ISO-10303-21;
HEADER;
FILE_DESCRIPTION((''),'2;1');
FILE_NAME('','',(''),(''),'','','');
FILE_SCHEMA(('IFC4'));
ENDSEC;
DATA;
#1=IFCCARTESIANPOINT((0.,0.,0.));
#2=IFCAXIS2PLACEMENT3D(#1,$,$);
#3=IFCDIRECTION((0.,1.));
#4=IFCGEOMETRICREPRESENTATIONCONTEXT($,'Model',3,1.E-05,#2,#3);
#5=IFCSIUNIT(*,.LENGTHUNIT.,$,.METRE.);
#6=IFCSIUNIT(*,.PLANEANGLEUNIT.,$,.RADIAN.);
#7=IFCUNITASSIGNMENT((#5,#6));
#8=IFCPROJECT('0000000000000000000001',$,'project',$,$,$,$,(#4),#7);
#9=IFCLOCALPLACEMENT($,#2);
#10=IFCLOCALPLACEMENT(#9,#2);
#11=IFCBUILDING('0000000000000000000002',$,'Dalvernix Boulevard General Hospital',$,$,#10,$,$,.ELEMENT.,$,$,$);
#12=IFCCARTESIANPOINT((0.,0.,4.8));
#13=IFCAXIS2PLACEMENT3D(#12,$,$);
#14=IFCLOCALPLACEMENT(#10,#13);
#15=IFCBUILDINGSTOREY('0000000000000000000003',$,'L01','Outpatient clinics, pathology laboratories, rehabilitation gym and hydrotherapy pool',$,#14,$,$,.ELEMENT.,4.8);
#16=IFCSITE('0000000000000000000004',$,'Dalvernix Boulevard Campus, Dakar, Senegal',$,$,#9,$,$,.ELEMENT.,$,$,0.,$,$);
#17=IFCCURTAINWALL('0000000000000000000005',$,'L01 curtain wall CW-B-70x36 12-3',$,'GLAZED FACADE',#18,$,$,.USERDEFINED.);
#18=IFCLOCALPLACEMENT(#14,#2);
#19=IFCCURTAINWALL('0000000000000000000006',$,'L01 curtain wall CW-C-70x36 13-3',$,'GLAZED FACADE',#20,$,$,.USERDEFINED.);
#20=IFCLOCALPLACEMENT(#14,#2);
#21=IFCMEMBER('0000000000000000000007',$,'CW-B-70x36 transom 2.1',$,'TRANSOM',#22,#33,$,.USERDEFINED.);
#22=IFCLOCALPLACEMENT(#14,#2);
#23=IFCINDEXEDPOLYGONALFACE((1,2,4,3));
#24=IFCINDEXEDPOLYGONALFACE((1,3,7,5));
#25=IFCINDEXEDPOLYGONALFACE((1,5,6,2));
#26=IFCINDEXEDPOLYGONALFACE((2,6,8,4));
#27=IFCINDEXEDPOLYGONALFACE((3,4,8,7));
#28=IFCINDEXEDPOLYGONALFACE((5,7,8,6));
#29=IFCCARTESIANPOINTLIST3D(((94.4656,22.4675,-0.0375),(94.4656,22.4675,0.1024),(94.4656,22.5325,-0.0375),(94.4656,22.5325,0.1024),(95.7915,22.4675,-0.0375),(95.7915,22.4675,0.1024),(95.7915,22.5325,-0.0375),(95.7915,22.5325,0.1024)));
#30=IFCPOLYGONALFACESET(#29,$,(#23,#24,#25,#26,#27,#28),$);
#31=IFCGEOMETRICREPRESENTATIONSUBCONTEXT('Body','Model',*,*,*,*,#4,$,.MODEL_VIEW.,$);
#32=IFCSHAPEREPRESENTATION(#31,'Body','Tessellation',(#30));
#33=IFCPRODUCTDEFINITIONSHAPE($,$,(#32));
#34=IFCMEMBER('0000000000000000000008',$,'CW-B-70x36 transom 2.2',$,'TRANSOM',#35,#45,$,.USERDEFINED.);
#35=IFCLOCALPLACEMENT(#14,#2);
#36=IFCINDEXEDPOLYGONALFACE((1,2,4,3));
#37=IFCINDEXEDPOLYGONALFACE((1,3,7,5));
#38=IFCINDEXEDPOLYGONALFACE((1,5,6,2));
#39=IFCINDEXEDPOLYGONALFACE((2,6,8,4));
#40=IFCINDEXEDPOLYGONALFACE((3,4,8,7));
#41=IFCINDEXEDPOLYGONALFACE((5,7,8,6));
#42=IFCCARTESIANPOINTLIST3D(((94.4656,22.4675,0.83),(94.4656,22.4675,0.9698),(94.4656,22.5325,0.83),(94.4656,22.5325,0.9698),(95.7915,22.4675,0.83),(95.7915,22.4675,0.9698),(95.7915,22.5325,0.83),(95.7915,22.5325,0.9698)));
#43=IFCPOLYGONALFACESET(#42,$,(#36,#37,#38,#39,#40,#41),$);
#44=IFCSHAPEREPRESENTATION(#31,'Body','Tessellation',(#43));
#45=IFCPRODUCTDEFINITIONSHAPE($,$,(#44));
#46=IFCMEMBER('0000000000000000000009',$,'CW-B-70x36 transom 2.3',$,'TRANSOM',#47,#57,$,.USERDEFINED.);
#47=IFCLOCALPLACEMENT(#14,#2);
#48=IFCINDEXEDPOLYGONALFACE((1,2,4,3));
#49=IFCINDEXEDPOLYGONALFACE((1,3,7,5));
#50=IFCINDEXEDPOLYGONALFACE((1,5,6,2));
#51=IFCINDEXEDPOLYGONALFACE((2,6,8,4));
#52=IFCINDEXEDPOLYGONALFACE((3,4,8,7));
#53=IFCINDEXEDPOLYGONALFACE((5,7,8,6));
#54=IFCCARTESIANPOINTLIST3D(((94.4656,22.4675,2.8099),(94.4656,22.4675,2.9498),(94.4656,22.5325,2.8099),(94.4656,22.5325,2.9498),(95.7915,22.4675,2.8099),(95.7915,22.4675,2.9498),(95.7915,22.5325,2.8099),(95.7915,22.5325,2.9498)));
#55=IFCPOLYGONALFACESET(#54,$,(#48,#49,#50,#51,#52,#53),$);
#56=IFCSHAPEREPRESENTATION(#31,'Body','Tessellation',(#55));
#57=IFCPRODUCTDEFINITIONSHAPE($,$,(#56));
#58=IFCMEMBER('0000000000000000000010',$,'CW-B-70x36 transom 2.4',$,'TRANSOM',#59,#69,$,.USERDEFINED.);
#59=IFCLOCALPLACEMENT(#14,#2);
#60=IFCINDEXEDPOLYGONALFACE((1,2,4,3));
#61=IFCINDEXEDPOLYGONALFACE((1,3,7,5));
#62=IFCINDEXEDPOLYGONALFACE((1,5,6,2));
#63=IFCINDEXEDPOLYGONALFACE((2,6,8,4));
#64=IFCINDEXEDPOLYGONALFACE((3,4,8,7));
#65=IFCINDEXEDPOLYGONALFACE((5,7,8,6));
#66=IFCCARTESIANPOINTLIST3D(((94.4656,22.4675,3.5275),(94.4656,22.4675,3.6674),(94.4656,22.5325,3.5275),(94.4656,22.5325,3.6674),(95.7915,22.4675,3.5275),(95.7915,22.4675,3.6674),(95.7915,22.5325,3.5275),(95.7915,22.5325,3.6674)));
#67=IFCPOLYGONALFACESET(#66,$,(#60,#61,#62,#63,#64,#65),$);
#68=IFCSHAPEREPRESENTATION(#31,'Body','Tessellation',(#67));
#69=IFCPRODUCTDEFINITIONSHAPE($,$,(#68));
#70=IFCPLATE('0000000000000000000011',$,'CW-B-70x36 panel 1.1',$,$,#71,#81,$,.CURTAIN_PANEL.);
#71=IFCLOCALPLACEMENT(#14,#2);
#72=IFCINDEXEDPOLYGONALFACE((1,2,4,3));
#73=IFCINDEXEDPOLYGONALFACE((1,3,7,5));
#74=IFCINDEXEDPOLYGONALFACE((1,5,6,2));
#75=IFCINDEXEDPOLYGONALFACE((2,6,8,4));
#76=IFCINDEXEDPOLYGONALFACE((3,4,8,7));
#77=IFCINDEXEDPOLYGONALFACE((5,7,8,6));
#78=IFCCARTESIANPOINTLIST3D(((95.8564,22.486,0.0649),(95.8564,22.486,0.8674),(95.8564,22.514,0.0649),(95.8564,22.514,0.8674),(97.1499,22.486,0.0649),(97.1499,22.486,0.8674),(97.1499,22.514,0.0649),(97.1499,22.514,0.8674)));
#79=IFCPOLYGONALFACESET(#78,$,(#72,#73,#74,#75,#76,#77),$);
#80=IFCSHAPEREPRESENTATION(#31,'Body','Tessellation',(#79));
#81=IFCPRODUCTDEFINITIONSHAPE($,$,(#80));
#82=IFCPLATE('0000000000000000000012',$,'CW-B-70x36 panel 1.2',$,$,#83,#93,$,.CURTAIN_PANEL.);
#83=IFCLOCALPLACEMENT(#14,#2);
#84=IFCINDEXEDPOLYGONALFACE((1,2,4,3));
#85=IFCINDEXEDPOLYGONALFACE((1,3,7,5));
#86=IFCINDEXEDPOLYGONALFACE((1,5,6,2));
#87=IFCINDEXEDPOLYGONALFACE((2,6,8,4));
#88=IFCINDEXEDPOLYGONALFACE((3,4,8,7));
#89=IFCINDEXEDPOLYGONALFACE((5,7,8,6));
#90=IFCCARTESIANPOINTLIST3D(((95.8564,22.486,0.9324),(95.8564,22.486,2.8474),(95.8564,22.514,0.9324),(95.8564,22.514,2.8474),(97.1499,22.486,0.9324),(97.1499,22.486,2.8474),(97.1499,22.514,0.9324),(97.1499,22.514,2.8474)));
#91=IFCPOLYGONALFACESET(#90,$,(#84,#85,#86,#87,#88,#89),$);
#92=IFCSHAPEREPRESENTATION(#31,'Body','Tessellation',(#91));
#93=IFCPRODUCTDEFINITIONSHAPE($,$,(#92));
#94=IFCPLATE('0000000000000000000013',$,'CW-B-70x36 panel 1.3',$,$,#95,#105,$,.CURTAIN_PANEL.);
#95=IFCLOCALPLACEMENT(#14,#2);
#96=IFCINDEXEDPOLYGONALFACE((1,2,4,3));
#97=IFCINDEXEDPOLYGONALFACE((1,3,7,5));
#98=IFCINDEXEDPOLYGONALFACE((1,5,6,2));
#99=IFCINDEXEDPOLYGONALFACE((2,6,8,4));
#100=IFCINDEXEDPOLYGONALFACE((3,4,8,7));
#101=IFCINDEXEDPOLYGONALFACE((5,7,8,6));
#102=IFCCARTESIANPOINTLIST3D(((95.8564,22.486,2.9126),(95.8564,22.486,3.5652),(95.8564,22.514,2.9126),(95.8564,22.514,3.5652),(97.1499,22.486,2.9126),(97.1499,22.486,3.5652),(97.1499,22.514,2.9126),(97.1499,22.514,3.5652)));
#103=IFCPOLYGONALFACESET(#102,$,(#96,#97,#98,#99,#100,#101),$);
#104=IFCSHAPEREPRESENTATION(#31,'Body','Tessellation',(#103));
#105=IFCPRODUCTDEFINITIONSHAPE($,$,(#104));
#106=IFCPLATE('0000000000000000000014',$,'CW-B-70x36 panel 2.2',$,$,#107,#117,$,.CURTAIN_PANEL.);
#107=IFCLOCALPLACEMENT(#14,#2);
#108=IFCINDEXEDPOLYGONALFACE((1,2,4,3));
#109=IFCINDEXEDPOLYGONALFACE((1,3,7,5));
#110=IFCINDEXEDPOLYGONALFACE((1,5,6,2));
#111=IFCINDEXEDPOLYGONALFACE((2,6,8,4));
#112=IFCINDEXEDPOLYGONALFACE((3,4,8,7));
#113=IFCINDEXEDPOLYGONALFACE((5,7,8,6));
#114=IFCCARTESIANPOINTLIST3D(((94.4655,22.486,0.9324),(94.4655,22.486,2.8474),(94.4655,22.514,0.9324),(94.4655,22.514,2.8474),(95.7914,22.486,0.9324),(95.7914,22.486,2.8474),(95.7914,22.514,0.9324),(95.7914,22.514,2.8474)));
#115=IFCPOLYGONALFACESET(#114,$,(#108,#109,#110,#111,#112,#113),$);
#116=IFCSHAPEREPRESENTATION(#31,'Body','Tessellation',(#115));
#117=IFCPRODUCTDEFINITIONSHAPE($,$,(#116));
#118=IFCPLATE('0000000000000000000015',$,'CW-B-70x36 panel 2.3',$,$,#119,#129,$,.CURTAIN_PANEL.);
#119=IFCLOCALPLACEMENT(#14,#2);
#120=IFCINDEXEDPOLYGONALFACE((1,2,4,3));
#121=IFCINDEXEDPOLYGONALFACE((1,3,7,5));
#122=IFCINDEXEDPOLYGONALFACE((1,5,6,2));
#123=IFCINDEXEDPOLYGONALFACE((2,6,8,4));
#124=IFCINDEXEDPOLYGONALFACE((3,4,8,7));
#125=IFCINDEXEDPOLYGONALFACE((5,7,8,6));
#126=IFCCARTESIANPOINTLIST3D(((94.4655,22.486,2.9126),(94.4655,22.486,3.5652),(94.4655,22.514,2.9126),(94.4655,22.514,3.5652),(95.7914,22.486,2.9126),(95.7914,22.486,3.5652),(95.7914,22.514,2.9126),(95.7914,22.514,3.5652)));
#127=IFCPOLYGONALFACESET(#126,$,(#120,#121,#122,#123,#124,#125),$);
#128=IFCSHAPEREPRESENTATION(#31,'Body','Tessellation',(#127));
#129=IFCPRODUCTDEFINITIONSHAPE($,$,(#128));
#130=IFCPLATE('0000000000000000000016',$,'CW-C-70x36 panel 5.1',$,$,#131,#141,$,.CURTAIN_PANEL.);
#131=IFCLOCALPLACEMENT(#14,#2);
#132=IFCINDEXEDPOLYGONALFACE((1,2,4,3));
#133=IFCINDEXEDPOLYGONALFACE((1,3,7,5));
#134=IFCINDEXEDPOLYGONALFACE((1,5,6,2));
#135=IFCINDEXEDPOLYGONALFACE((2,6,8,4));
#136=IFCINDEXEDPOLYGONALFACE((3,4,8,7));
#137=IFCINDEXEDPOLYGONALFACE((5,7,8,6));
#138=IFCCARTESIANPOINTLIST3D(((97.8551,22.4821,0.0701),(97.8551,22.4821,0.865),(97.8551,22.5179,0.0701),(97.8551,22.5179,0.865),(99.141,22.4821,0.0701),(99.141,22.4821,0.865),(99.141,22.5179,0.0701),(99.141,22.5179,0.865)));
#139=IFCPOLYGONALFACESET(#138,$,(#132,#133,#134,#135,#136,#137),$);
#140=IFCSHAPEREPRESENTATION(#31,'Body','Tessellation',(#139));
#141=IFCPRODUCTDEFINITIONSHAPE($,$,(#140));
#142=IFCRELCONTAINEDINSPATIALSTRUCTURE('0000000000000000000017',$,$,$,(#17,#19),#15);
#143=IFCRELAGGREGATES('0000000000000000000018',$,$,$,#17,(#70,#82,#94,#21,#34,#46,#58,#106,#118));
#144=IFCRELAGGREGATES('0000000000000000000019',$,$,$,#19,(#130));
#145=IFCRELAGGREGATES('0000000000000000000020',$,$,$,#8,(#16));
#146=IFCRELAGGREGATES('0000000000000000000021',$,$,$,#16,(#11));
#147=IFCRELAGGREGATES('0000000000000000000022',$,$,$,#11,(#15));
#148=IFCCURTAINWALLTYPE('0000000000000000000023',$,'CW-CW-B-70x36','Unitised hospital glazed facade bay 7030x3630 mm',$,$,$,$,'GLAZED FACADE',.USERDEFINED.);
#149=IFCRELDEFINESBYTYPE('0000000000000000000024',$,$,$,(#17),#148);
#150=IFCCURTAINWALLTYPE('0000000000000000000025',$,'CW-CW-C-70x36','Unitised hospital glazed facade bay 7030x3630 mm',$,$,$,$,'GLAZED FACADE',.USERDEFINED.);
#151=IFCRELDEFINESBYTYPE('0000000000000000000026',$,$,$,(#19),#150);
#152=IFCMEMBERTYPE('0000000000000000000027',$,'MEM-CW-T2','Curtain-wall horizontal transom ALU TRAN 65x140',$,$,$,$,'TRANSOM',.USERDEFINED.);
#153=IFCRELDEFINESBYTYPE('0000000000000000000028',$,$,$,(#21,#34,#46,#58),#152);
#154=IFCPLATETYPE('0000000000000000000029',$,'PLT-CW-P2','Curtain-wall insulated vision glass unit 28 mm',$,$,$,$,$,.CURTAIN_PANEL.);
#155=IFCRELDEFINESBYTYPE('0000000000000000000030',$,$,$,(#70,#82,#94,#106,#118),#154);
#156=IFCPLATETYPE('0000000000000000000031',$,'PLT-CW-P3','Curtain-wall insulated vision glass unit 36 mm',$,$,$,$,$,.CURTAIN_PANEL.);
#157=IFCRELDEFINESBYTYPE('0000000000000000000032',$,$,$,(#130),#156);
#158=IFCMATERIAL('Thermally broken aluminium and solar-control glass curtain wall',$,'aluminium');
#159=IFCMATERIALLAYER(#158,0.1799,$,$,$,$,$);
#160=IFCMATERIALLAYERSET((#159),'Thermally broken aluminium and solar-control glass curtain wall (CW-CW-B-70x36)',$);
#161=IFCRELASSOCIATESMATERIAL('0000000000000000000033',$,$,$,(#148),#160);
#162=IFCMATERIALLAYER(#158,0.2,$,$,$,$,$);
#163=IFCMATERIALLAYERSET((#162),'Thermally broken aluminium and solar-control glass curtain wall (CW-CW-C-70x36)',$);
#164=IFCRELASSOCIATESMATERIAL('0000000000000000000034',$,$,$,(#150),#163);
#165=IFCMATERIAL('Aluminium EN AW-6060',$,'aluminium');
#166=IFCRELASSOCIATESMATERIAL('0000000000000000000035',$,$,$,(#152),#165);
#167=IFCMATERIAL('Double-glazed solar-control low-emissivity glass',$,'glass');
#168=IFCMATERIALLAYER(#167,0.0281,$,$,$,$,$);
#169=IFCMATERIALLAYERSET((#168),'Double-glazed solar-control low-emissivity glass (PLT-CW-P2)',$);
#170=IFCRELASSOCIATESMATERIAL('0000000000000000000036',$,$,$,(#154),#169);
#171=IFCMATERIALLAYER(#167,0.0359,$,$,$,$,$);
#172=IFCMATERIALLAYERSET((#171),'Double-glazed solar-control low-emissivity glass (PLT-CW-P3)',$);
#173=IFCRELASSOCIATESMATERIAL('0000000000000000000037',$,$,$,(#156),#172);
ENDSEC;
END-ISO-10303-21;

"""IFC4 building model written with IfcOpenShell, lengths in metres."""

from ifc_helpers import new_model, si_unit, direction, frame, origin, origin_2d, place, context, subcontext, project, spatial, rectangle, extrude, material, layer, layer_set, material_profile, profile_set, type_object, element, aggregate, save


model = new_model("IFC4")

# Units and contexts
model_context = context("Model", 3, precision=1e-05, world=origin(), true_north=direction((0.0, 1.0)))
body_context = subcontext(model_context, "Body", "Model", "MODEL_VIEW")
ifc_project = project(units=[si_unit("LENGTHUNIT", "METRE"), si_unit("PLANEANGLEUNIT", "RADIAN")], contexts=[model_context])

# Site, building, storey
site_placement = place(None, origin())
site = spatial("IfcSite", under=ifc_project, at=site_placement, Name="Dalvernix Boulevard Campus, Dakar, Senegal", CompositionType="ELEMENT", RefElevation=0.0)
building_placement = place(site_placement, origin())
building = spatial("IfcBuilding", under=site, at=building_placement, Name="Dalvernix Boulevard General Hospital", CompositionType="ELEMENT")
storey_placement = place(building_placement, frame((0.0, 0.0, 4.8)))
storey = spatial("IfcBuildingStorey", under=building, at=storey_placement, Name="L01", Description="Outpatient clinics, pathology laboratories, rehabilitation gym and hydrotherapy pool", CompositionType="ELEMENT", Elevation=4.8)

# Curtain wall
ifc_material_1 = material(Name="Thermally broken aluminium and solar-control glass curtain wall", Category="aluminium")
ifc_layer_1 = layer(ifc_material_1, 0.1799)
ifc_layer_set_1 = layer_set([ifc_layer_1], Name="Thermally broken aluminium and solar-control glass curtain wall (CW-CW-B-70x36)")
curtain_wall_type_1 = type_object("IfcCurtainWallType", Name="CW-CW-B-70x36", Description="Unitised hospital glazed facade bay 7030x3630 mm", ElementType="GLAZED FACADE", PredefinedType="USERDEFINED", material=ifc_layer_set_1)
curtain_wall_1_placement = place(storey_placement, origin())
curtain_wall_1 = element("IfcCurtainWall", 1, at=curtain_wall_1_placement, inside=storey, type_object=curtain_wall_type_1, Name="L01 curtain wall CW-B-70x36 12-3", ObjectType="GLAZED FACADE", PredefinedType="USERDEFINED")
ifc_material_2 = material(Name="Aluminium EN AW-6060", Category="aluminium")

# Curtain wall
ifc_layer_2 = layer(ifc_material_1, 0.2)
ifc_layer_set_2 = layer_set([ifc_layer_2], Name="Thermally broken aluminium and solar-control glass curtain wall (CW-CW-C-70x36)")
curtain_wall_type_2 = type_object("IfcCurtainWallType", Name="CW-CW-C-70x36", Description="Unitised hospital glazed facade bay 7030x3630 mm", ElementType="GLAZED FACADE", PredefinedType="USERDEFINED", material=ifc_layer_set_2)
curtain_wall_2_placement = place(storey_placement, origin())
curtain_wall_2 = element("IfcCurtainWall", 2, at=curtain_wall_2_placement, inside=storey, type_object=curtain_wall_type_2, Name="L01 curtain wall CW-C-70x36 13-3", ObjectType="GLAZED FACADE", PredefinedType="USERDEFINED")

# Members
ifc_material_profile_1 = material_profile(ifc_material_2, rectangle(XDim=0.0649, YDim=0.1399, at=origin_2d()), Name="ALU TRAN 65x140")
ifc_profile_set_1 = profile_set([ifc_material_profile_1], Name="Aluminium EN AW-6060")
member_type_1 = type_object("IfcMemberType", Name="MEM-CW-T2", Description="Curtain-wall horizontal transom ALU TRAN 65x140", ElementType="TRANSOM", PredefinedType="USERDEFINED", material=ifc_profile_set_1)
member_1_placement = place(storey_placement, frame((95.7915, 22.5, 0.0325), z_axis=(-1.0, 0.0, 0.0), x_axis=(0.0, -1.0, 0.0)))
member_1 = element("IfcMember", 3, at=member_1_placement, type_object=member_type_1, Name="CW-B-70x36 transom 2.1", ObjectType="TRANSOM", PredefinedType="USERDEFINED", context=body_context, shape_type="SweptSolid", body=[
    extrude(rectangle(XDim=0.0649, YDim=0.1399, at=origin_2d()), origin(), (0.0, 0.0, 1.0), 1.3259),
])
member_2_placement = place(storey_placement, frame((95.7915, 22.5, 0.8999), z_axis=(-1.0, 0.0, 0.0), x_axis=(0.0, -1.0, 0.0)))
member_2 = element("IfcMember", 4, at=member_2_placement, type_object=member_type_1, Name="CW-B-70x36 transom 2.2", ObjectType="TRANSOM", PredefinedType="USERDEFINED", context=body_context, shape_type="SweptSolid", body=[
    extrude(rectangle(XDim=0.0649, YDim=0.1399, at=origin_2d()), origin(), (0.0, 0.0, 1.0), 1.3259),
])
member_3_placement = place(storey_placement, frame((95.7915, 22.5, 2.8799), z_axis=(-1.0, 0.0, 0.0), x_axis=(0.0, -1.0, 0.0)))
member_3 = element("IfcMember", 5, at=member_3_placement, type_object=member_type_1, Name="CW-B-70x36 transom 2.3", ObjectType="TRANSOM", PredefinedType="USERDEFINED", context=body_context, shape_type="SweptSolid", body=[
    extrude(rectangle(XDim=0.0649, YDim=0.1399, at=origin_2d()), origin(), (0.0, 0.0, 1.0), 1.3259),
])
member_4_placement = place(storey_placement, frame((95.7915, 22.5, 3.5974), z_axis=(-1.0, 0.0, 0.0), x_axis=(0.0, -1.0, 0.0)))
member_4 = element("IfcMember", 6, at=member_4_placement, type_object=member_type_1, Name="CW-B-70x36 transom 2.4", ObjectType="TRANSOM", PredefinedType="USERDEFINED", context=body_context, shape_type="SweptSolid", body=[
    extrude(rectangle(XDim=0.0649, YDim=0.1399, at=origin_2d()), origin(), (0.0, 0.0, 1.0), 1.3259),
])

# Plates
ifc_material_3 = material(Name="Double-glazed solar-control low-emissivity glass", Category="glass")
ifc_layer_3 = layer(ifc_material_3, 0.0281)
ifc_layer_set_3 = layer_set([ifc_layer_3], Name="Double-glazed solar-control low-emissivity glass (PLT-CW-P2)")
plate_type_1 = type_object("IfcPlateType", Name="PLT-CW-P2", Description="Curtain-wall insulated vision glass unit 28 mm", PredefinedType="CURTAIN_PANEL", material=ifc_layer_set_3)
plate_1_placement = place(storey_placement, frame((96.5032, 22.5, 0.0649), z_axis=(0.0, 0.0, 1.0), x_axis=(-1.0, 0.0, 0.0)))
plate_1 = element("IfcPlate", 7, at=plate_1_placement, type_object=plate_type_1, Name="CW-B-70x36 panel 1.1", PredefinedType="CURTAIN_PANEL", context=body_context, shape_type="SweptSolid", body=[
    extrude(rectangle(XDim=1.2935, YDim=0.0281, at=origin_2d()), origin(), (0.0, 0.0, 1.0), 0.8025),
])
plate_2_placement = place(storey_placement, frame((96.5032, 22.5, 0.9324), z_axis=(0.0, 0.0, 1.0), x_axis=(-1.0, 0.0, 0.0)))
plate_2 = element("IfcPlate", 8, at=plate_2_placement, type_object=plate_type_1, Name="CW-B-70x36 panel 1.2", PredefinedType="CURTAIN_PANEL", context=body_context, shape_type="SweptSolid", body=[
    extrude(rectangle(XDim=1.2935, YDim=0.0281, at=origin_2d()), origin(), (0.0, 0.0, 1.0), 1.915),
])
plate_3_placement = place(storey_placement, frame((96.5032, 22.5, 2.9126), z_axis=(0.0, 0.0, 1.0), x_axis=(-1.0, 0.0, 0.0)))
plate_3 = element("IfcPlate", 9, at=plate_3_placement, type_object=plate_type_1, Name="CW-B-70x36 panel 1.3", PredefinedType="CURTAIN_PANEL", context=body_context, shape_type="SweptSolid", body=[
    extrude(rectangle(XDim=1.2935, YDim=0.0281, at=origin_2d()), origin(), (0.0, 0.0, 1.0), 0.6526),
])
plate_4_placement = place(storey_placement, frame((95.1284, 22.5, 0.9324), z_axis=(0.0, 0.0, 1.0), x_axis=(-1.0, 0.0, 0.0)))
plate_4 = element("IfcPlate", 10, at=plate_4_placement, type_object=plate_type_1, Name="CW-B-70x36 panel 2.2", PredefinedType="CURTAIN_PANEL", context=body_context, shape_type="SweptSolid", body=[
    extrude(rectangle(XDim=1.3259, YDim=0.0281, at=origin_2d()), origin(), (0.0, 0.0, 1.0), 1.915),
])
plate_5_placement = place(storey_placement, frame((95.1284, 22.5, 2.9126), z_axis=(0.0, 0.0, 1.0), x_axis=(-1.0, 0.0, 0.0)))
plate_5 = element("IfcPlate", 11, at=plate_5_placement, type_object=plate_type_1, Name="CW-B-70x36 panel 2.3", PredefinedType="CURTAIN_PANEL", context=body_context, shape_type="SweptSolid", body=[
    extrude(rectangle(XDim=1.3259, YDim=0.0281, at=origin_2d()), origin(), (0.0, 0.0, 1.0), 0.6526),
])
aggregate(curtain_wall_1, [plate_1, plate_2, plate_3, member_1, member_2, member_3, member_4, plate_4, plate_5])
ifc_layer_4 = layer(ifc_material_3, 0.0359)
ifc_layer_set_4 = layer_set([ifc_layer_4], Name="Double-glazed solar-control low-emissivity glass (PLT-CW-P3)")
plate_type_2 = type_object("IfcPlateType", Name="PLT-CW-P3", Description="Curtain-wall insulated vision glass unit 36 mm", PredefinedType="CURTAIN_PANEL", material=ifc_layer_set_4)
plate_6_placement = place(storey_placement, frame((98.498, 22.5, 0.0701), z_axis=(0.0, 0.0, 1.0), x_axis=(-1.0, 0.0, 0.0)))
plate_6 = element("IfcPlate", 12, at=plate_6_placement, type_object=plate_type_2, Name="CW-C-70x36 panel 5.1", PredefinedType="CURTAIN_PANEL", context=body_context, shape_type="SweptSolid", body=[
    extrude(rectangle(XDim=1.2859, YDim=0.0359, at=origin_2d()), origin(), (0.0, 0.0, 1.0), 0.7949),
])
aggregate(curtain_wall_2, [plate_6])

save(model, "model.ifc")
